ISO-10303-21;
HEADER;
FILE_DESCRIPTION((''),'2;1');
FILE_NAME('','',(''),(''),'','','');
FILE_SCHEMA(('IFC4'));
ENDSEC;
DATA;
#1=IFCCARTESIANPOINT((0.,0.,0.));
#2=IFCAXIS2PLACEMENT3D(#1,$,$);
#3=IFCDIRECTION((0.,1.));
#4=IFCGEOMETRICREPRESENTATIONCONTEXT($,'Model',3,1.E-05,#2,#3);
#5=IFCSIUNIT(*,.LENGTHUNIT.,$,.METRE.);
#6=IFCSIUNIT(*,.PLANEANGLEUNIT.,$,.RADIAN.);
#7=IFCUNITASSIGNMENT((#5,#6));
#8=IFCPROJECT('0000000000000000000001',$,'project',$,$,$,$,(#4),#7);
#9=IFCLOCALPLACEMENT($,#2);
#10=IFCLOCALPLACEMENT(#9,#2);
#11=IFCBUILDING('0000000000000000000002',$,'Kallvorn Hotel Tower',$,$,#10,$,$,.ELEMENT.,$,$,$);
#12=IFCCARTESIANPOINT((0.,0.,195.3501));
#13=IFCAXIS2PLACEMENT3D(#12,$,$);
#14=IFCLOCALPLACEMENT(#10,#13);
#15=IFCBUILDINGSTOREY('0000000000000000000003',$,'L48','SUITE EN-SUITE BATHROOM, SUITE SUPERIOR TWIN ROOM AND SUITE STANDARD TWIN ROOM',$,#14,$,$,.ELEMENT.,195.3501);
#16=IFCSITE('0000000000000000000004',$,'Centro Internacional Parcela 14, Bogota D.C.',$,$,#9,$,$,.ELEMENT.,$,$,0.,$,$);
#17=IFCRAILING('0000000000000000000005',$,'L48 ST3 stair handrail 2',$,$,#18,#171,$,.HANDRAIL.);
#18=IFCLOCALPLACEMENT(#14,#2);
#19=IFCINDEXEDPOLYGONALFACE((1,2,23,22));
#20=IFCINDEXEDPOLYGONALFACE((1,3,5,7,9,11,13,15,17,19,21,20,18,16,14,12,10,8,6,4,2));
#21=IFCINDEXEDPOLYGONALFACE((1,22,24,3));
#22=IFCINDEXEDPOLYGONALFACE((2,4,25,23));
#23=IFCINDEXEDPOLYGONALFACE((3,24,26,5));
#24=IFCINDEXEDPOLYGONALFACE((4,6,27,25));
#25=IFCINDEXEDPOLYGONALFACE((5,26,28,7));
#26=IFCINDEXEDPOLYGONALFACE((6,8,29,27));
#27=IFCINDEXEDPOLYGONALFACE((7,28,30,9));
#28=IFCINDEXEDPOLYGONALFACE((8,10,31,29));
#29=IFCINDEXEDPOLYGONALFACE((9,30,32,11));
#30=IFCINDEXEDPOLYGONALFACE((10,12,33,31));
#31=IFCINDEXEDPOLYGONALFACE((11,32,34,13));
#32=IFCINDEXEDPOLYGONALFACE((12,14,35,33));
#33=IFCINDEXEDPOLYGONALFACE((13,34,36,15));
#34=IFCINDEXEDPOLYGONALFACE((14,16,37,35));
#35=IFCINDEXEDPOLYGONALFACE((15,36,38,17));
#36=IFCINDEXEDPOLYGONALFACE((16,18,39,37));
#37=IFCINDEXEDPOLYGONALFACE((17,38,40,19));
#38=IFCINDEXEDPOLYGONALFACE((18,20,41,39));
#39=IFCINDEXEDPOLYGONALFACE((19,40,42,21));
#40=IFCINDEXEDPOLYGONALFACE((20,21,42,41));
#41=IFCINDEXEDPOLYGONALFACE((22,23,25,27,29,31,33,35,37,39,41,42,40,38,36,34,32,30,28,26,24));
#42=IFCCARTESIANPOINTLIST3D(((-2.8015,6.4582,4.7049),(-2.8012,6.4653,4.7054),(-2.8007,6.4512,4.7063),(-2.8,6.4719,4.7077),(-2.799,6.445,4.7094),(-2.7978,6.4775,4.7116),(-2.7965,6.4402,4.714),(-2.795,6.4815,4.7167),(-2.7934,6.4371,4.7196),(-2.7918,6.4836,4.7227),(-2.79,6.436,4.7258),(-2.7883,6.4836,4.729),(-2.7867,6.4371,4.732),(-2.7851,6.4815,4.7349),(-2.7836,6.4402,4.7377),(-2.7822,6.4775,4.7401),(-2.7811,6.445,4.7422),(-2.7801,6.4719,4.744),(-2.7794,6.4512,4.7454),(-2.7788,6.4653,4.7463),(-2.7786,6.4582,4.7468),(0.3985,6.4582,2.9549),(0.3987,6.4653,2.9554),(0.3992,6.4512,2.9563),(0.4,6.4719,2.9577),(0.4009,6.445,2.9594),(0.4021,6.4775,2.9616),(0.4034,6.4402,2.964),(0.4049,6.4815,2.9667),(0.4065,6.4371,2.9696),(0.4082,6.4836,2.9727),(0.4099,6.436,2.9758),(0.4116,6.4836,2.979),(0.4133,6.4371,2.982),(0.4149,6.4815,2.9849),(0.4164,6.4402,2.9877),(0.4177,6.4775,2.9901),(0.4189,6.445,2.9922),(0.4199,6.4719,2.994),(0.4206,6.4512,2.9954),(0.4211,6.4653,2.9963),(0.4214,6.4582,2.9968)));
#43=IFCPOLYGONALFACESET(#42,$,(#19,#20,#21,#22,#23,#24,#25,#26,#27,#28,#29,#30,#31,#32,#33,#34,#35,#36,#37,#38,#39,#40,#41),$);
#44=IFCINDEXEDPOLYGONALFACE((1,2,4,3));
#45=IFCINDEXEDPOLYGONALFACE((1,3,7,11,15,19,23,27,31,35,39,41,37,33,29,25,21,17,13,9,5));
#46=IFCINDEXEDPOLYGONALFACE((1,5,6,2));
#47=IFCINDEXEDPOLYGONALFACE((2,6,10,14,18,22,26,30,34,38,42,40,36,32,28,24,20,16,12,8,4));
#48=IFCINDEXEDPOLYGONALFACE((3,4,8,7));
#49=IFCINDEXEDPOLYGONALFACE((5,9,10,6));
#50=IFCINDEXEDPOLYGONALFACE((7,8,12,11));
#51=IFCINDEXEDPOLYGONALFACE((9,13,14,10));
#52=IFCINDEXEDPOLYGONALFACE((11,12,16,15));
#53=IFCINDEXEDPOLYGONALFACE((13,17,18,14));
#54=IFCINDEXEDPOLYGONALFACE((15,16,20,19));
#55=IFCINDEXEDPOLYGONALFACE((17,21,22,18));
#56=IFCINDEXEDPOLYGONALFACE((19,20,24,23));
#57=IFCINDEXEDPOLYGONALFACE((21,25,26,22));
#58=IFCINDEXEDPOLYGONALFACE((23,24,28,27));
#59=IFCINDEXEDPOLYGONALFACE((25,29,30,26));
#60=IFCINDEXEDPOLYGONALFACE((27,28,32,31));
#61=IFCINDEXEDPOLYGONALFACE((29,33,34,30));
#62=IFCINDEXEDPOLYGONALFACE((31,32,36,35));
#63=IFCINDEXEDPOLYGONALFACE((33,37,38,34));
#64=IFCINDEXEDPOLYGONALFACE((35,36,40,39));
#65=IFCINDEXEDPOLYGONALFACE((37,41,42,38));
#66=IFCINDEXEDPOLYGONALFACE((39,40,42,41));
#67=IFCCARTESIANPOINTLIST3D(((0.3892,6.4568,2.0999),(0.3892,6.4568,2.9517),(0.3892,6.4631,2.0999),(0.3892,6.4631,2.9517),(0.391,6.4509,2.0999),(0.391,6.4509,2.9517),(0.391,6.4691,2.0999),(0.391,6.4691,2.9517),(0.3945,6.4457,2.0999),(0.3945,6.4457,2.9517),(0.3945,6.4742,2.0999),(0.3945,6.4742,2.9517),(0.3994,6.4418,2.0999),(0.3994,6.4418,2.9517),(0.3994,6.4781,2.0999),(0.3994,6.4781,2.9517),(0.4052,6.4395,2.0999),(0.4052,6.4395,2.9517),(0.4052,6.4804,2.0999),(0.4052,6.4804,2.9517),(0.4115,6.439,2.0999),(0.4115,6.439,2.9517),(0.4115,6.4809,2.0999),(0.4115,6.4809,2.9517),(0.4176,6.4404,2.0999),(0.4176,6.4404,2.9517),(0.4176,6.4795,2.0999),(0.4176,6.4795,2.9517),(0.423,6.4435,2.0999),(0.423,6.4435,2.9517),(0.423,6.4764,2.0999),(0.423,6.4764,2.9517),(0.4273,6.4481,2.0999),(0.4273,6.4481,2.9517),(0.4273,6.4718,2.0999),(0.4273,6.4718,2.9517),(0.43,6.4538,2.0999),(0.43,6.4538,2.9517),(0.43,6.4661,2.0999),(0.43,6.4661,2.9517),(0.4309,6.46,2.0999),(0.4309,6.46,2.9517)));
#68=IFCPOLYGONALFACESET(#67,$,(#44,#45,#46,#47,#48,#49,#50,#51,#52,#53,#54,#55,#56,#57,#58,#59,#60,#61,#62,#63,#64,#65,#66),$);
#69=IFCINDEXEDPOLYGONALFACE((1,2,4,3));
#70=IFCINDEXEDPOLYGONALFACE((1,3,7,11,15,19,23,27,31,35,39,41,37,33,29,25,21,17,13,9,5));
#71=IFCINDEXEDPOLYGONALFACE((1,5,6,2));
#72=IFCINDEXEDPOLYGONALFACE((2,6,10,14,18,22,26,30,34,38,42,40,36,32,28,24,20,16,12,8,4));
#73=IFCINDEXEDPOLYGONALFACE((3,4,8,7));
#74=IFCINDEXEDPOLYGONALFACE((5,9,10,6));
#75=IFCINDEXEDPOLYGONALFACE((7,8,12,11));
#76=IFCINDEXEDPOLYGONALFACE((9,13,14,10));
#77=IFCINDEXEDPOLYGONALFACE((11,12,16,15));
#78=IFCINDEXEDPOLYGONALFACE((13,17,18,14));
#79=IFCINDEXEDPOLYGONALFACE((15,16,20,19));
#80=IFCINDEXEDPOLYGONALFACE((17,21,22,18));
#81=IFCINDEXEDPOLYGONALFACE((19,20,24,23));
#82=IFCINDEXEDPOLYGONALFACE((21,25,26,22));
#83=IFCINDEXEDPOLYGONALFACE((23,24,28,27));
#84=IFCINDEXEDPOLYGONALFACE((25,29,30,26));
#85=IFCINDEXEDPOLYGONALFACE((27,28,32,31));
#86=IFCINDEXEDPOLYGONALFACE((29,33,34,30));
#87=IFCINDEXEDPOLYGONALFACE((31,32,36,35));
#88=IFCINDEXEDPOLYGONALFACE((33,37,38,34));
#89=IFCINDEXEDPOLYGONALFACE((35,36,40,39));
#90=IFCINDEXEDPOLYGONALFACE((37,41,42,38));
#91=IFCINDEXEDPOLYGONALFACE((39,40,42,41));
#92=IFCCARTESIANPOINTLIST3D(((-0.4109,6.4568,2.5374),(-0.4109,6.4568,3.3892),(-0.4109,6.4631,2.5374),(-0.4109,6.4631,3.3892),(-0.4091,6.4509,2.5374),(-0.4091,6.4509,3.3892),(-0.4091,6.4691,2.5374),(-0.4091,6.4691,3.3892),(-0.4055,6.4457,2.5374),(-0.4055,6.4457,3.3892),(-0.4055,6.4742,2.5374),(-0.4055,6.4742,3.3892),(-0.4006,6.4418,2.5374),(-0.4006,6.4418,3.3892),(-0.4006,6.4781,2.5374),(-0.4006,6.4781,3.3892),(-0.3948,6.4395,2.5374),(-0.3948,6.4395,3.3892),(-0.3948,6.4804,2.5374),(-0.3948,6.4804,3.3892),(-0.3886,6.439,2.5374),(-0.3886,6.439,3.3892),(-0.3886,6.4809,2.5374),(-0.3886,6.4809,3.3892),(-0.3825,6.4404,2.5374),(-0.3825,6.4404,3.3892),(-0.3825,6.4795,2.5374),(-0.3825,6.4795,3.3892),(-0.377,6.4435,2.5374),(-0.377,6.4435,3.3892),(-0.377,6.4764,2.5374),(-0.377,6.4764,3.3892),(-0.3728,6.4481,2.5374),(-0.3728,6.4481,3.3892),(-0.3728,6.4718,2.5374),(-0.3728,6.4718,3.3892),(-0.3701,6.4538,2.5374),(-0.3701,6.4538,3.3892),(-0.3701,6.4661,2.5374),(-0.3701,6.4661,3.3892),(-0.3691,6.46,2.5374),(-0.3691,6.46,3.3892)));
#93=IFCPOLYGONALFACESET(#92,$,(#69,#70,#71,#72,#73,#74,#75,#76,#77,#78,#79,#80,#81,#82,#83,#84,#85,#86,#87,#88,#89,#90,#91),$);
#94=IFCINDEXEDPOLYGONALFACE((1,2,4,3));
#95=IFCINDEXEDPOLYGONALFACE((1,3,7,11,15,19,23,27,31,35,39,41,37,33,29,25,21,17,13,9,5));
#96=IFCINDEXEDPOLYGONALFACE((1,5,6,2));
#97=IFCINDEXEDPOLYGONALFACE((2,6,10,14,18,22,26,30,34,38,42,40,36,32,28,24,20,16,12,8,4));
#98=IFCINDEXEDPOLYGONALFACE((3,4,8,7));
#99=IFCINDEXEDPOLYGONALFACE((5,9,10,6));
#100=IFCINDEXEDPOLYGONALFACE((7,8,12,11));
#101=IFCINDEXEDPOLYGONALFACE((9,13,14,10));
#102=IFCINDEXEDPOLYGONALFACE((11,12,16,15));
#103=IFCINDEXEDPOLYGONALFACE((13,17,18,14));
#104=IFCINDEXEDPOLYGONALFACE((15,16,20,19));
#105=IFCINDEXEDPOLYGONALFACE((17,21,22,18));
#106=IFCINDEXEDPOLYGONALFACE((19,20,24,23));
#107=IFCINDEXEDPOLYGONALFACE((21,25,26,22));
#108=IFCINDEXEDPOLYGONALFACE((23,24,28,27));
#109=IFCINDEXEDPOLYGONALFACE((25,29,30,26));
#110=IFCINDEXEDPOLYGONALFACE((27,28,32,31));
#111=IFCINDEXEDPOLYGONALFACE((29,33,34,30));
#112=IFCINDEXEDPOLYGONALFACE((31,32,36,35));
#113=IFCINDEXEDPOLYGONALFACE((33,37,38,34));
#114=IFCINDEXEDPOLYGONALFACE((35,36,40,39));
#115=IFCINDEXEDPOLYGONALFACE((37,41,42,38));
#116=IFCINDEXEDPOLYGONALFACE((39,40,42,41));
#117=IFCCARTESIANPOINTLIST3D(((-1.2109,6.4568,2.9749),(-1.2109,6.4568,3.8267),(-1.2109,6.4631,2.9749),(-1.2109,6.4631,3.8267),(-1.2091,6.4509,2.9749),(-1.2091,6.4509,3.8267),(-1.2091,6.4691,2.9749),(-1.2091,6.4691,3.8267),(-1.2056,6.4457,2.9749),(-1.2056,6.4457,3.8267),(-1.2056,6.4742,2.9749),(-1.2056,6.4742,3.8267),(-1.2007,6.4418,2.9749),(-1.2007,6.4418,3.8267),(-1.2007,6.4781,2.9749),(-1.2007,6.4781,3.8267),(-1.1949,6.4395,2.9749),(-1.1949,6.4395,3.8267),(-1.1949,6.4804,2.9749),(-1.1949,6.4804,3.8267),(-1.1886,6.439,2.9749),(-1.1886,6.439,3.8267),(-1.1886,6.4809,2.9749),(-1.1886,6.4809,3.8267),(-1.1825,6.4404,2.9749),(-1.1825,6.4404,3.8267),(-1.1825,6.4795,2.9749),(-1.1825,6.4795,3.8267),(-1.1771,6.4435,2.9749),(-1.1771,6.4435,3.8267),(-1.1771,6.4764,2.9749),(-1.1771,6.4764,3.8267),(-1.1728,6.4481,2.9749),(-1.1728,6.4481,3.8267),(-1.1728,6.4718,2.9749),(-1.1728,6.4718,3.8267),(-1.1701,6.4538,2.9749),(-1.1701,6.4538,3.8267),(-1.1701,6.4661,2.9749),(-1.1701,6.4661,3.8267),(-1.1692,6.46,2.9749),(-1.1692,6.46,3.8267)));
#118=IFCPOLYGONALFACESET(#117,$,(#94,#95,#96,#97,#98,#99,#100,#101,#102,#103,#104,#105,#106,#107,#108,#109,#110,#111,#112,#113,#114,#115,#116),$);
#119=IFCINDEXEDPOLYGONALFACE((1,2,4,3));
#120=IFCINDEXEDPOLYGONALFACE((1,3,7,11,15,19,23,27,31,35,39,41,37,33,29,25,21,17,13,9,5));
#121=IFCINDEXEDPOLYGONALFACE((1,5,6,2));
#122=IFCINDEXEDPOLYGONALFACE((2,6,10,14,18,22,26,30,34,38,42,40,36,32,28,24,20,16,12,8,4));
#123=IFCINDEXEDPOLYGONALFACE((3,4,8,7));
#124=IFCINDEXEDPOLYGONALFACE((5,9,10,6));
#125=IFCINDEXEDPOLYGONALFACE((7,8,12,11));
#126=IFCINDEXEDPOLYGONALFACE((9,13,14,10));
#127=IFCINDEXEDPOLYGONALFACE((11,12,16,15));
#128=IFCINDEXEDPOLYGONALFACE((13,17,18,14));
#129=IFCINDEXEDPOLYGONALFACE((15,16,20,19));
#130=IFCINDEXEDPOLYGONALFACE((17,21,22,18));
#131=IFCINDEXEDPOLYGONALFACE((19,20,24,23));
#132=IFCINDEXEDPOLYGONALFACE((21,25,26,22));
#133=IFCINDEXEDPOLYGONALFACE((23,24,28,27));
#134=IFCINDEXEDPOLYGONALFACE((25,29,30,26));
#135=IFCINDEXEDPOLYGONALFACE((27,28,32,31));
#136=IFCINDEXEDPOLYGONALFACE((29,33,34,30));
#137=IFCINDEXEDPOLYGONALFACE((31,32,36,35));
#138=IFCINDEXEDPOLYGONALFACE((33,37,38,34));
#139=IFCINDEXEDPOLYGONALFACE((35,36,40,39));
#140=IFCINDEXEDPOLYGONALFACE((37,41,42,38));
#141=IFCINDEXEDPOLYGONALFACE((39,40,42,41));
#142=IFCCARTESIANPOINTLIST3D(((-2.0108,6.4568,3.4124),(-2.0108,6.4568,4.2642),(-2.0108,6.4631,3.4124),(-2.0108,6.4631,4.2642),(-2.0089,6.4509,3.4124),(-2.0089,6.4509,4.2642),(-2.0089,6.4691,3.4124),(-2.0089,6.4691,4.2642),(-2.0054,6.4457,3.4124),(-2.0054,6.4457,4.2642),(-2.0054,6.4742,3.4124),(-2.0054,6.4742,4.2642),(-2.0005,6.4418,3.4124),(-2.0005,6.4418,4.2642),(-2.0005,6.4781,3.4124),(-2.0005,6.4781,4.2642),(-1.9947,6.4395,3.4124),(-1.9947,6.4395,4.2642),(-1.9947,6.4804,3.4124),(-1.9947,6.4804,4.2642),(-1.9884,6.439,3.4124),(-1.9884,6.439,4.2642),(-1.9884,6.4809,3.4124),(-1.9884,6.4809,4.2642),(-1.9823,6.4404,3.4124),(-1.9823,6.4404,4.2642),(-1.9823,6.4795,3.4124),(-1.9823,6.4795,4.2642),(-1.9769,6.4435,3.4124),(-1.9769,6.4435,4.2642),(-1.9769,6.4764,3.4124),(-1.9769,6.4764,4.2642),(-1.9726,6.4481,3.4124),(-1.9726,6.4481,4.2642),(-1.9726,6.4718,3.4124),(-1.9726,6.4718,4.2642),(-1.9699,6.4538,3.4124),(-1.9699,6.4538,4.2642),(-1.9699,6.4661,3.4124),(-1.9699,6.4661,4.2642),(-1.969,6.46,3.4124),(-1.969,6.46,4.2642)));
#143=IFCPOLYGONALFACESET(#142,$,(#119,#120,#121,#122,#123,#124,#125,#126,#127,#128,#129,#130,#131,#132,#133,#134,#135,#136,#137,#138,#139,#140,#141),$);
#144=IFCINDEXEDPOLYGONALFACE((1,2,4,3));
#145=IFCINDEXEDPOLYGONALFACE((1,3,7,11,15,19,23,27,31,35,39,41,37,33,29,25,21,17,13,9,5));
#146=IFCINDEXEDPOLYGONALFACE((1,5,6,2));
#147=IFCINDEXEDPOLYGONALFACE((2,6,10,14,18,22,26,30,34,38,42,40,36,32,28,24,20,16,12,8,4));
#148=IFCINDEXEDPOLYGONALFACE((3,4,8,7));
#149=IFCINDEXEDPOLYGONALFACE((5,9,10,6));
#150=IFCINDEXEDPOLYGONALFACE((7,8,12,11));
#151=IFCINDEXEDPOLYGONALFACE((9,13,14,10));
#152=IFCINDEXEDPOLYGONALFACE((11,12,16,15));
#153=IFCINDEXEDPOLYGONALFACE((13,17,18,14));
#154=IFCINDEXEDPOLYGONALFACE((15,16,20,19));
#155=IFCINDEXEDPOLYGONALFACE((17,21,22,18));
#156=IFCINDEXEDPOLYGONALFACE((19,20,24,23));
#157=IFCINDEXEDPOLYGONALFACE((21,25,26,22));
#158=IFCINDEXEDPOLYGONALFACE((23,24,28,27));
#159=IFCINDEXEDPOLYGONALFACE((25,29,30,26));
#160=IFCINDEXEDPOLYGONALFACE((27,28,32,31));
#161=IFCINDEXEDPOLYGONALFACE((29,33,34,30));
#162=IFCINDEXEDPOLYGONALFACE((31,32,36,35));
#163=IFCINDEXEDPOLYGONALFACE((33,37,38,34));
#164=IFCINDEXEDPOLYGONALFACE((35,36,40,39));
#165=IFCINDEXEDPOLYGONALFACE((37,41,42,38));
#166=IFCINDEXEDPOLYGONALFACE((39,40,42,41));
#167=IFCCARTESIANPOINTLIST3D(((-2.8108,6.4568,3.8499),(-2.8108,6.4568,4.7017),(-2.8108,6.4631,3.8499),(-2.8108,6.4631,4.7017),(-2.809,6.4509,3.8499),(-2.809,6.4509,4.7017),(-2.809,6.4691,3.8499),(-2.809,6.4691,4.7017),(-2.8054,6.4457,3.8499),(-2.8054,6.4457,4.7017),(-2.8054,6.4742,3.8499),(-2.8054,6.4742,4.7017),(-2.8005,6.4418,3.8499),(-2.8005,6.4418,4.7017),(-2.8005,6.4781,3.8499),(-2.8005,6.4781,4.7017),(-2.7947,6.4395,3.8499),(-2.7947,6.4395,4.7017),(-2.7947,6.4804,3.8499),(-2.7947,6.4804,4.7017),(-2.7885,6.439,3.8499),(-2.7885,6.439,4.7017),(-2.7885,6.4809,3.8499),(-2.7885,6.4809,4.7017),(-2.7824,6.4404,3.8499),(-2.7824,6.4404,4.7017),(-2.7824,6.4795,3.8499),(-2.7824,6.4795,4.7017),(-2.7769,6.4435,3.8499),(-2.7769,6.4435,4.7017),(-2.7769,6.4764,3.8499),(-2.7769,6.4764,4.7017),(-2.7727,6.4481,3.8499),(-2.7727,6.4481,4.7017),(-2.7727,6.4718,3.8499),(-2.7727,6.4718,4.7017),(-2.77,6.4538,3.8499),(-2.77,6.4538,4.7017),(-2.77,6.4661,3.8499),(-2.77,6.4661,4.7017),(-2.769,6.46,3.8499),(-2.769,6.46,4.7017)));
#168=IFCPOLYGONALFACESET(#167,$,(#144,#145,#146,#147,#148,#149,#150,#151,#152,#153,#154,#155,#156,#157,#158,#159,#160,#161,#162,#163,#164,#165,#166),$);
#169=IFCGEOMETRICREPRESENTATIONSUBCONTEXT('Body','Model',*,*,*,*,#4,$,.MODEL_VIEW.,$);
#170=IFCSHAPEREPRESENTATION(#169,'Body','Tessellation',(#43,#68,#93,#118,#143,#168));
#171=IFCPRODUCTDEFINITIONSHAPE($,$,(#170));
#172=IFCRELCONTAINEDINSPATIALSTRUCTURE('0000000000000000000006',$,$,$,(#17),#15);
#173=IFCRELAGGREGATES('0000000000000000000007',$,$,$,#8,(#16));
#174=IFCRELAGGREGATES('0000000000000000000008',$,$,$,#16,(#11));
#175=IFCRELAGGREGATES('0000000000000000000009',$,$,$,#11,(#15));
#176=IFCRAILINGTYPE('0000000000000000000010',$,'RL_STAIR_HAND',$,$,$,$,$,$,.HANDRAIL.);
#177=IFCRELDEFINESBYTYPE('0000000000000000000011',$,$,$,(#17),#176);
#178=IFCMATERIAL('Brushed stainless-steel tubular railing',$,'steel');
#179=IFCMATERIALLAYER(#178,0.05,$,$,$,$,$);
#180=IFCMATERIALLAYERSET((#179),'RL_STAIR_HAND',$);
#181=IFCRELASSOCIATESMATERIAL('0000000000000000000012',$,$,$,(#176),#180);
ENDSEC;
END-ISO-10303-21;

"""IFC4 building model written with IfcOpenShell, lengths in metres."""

from ifc_helpers import new_model, si_unit, direction, frame, origin, origin_2d, place, context, subcontext, project, spatial, circle, extrude, material, layer, layer_set, type_object, element, save


model = new_model("IFC4")

# Units and contexts
model_context = context("Model", 3, precision=1e-05, world=origin(), true_north=direction((0.0, 1.0)))
body_context = subcontext(model_context, "Body", "Model", "MODEL_VIEW")
ifc_project = project(units=[si_unit("LENGTHUNIT", "METRE"), si_unit("PLANEANGLEUNIT", "RADIAN")], contexts=[model_context])

# Site, building, storey
site_placement = place(None, origin())
site = spatial("IfcSite", under=ifc_project, at=site_placement, Name="Centro Internacional Parcela 14, Bogota D.C.", CompositionType="ELEMENT", RefElevation=0.0)
building_placement = place(site_placement, origin())
building = spatial("IfcBuilding", under=site, at=building_placement, Name="Kallvorn Hotel Tower", CompositionType="ELEMENT")
storey_placement = place(building_placement, frame((0.0, 0.0, 195.3501)))
storey = spatial("IfcBuildingStorey", under=building, at=storey_placement, Name="L48", Description="SUITE EN-SUITE BATHROOM, SUITE SUPERIOR TWIN ROOM AND SUITE STANDARD TWIN ROOM", CompositionType="ELEMENT", Elevation=195.3501)

# Railing
ifc_material_1 = material(Name="Brushed stainless-steel tubular railing", Category="steel")
ifc_layer_1 = layer(ifc_material_1, 0.05)
ifc_layer_set_1 = layer_set([ifc_layer_1], Name="RL_STAIR_HAND")
railing_type_1 = type_object("IfcRailingType", Name="RL_STAIR_HAND", PredefinedType="HANDRAIL", material=ifc_layer_set_1)
railing_1_placement = place(storey_placement, frame((0.4099, 6.46, 2.0999)))
element("IfcRailing", 1, at=railing_1_placement, inside=storey, type_object=railing_type_1, Name="L48 ST3 stair handrail 2", PredefinedType="HANDRAIL", context=body_context, shape_type="SweptSolid", body=[
    extrude(circle(Radius=0.0239, at=origin_2d()), frame((0.0, 0.0, 0.876), z_axis=(-0.877368, 0.0, 0.479818), x_axis=(0.0, -1.0, 0.0)), (0.0, 0.0, 1.0), 3.6472),
    extrude(circle(Radius=0.021, at=origin_2d()), origin(), (0.0, 0.0, 1.0), 0.8518),
    extrude(circle(Radius=0.021, at=origin_2d()), frame((-0.8, 0.0, 0.4375)), (0.0, 0.0, 1.0), 0.8518),
    extrude(circle(Radius=0.021, at=origin_2d()), frame((-1.6001, 0.0, 0.875)), (0.0, 0.0, 1.0), 0.8518),
    extrude(circle(Radius=0.021, at=origin_2d()), frame((-2.3999, 0.0, 1.3125)), (0.0, 0.0, 1.0), 0.8518),
    extrude(circle(Radius=0.021, at=origin_2d()), frame((-3.2, 0.0, 1.75)), (0.0, 0.0, 1.0), 0.8518),
])

save(model, "model.ifc")
